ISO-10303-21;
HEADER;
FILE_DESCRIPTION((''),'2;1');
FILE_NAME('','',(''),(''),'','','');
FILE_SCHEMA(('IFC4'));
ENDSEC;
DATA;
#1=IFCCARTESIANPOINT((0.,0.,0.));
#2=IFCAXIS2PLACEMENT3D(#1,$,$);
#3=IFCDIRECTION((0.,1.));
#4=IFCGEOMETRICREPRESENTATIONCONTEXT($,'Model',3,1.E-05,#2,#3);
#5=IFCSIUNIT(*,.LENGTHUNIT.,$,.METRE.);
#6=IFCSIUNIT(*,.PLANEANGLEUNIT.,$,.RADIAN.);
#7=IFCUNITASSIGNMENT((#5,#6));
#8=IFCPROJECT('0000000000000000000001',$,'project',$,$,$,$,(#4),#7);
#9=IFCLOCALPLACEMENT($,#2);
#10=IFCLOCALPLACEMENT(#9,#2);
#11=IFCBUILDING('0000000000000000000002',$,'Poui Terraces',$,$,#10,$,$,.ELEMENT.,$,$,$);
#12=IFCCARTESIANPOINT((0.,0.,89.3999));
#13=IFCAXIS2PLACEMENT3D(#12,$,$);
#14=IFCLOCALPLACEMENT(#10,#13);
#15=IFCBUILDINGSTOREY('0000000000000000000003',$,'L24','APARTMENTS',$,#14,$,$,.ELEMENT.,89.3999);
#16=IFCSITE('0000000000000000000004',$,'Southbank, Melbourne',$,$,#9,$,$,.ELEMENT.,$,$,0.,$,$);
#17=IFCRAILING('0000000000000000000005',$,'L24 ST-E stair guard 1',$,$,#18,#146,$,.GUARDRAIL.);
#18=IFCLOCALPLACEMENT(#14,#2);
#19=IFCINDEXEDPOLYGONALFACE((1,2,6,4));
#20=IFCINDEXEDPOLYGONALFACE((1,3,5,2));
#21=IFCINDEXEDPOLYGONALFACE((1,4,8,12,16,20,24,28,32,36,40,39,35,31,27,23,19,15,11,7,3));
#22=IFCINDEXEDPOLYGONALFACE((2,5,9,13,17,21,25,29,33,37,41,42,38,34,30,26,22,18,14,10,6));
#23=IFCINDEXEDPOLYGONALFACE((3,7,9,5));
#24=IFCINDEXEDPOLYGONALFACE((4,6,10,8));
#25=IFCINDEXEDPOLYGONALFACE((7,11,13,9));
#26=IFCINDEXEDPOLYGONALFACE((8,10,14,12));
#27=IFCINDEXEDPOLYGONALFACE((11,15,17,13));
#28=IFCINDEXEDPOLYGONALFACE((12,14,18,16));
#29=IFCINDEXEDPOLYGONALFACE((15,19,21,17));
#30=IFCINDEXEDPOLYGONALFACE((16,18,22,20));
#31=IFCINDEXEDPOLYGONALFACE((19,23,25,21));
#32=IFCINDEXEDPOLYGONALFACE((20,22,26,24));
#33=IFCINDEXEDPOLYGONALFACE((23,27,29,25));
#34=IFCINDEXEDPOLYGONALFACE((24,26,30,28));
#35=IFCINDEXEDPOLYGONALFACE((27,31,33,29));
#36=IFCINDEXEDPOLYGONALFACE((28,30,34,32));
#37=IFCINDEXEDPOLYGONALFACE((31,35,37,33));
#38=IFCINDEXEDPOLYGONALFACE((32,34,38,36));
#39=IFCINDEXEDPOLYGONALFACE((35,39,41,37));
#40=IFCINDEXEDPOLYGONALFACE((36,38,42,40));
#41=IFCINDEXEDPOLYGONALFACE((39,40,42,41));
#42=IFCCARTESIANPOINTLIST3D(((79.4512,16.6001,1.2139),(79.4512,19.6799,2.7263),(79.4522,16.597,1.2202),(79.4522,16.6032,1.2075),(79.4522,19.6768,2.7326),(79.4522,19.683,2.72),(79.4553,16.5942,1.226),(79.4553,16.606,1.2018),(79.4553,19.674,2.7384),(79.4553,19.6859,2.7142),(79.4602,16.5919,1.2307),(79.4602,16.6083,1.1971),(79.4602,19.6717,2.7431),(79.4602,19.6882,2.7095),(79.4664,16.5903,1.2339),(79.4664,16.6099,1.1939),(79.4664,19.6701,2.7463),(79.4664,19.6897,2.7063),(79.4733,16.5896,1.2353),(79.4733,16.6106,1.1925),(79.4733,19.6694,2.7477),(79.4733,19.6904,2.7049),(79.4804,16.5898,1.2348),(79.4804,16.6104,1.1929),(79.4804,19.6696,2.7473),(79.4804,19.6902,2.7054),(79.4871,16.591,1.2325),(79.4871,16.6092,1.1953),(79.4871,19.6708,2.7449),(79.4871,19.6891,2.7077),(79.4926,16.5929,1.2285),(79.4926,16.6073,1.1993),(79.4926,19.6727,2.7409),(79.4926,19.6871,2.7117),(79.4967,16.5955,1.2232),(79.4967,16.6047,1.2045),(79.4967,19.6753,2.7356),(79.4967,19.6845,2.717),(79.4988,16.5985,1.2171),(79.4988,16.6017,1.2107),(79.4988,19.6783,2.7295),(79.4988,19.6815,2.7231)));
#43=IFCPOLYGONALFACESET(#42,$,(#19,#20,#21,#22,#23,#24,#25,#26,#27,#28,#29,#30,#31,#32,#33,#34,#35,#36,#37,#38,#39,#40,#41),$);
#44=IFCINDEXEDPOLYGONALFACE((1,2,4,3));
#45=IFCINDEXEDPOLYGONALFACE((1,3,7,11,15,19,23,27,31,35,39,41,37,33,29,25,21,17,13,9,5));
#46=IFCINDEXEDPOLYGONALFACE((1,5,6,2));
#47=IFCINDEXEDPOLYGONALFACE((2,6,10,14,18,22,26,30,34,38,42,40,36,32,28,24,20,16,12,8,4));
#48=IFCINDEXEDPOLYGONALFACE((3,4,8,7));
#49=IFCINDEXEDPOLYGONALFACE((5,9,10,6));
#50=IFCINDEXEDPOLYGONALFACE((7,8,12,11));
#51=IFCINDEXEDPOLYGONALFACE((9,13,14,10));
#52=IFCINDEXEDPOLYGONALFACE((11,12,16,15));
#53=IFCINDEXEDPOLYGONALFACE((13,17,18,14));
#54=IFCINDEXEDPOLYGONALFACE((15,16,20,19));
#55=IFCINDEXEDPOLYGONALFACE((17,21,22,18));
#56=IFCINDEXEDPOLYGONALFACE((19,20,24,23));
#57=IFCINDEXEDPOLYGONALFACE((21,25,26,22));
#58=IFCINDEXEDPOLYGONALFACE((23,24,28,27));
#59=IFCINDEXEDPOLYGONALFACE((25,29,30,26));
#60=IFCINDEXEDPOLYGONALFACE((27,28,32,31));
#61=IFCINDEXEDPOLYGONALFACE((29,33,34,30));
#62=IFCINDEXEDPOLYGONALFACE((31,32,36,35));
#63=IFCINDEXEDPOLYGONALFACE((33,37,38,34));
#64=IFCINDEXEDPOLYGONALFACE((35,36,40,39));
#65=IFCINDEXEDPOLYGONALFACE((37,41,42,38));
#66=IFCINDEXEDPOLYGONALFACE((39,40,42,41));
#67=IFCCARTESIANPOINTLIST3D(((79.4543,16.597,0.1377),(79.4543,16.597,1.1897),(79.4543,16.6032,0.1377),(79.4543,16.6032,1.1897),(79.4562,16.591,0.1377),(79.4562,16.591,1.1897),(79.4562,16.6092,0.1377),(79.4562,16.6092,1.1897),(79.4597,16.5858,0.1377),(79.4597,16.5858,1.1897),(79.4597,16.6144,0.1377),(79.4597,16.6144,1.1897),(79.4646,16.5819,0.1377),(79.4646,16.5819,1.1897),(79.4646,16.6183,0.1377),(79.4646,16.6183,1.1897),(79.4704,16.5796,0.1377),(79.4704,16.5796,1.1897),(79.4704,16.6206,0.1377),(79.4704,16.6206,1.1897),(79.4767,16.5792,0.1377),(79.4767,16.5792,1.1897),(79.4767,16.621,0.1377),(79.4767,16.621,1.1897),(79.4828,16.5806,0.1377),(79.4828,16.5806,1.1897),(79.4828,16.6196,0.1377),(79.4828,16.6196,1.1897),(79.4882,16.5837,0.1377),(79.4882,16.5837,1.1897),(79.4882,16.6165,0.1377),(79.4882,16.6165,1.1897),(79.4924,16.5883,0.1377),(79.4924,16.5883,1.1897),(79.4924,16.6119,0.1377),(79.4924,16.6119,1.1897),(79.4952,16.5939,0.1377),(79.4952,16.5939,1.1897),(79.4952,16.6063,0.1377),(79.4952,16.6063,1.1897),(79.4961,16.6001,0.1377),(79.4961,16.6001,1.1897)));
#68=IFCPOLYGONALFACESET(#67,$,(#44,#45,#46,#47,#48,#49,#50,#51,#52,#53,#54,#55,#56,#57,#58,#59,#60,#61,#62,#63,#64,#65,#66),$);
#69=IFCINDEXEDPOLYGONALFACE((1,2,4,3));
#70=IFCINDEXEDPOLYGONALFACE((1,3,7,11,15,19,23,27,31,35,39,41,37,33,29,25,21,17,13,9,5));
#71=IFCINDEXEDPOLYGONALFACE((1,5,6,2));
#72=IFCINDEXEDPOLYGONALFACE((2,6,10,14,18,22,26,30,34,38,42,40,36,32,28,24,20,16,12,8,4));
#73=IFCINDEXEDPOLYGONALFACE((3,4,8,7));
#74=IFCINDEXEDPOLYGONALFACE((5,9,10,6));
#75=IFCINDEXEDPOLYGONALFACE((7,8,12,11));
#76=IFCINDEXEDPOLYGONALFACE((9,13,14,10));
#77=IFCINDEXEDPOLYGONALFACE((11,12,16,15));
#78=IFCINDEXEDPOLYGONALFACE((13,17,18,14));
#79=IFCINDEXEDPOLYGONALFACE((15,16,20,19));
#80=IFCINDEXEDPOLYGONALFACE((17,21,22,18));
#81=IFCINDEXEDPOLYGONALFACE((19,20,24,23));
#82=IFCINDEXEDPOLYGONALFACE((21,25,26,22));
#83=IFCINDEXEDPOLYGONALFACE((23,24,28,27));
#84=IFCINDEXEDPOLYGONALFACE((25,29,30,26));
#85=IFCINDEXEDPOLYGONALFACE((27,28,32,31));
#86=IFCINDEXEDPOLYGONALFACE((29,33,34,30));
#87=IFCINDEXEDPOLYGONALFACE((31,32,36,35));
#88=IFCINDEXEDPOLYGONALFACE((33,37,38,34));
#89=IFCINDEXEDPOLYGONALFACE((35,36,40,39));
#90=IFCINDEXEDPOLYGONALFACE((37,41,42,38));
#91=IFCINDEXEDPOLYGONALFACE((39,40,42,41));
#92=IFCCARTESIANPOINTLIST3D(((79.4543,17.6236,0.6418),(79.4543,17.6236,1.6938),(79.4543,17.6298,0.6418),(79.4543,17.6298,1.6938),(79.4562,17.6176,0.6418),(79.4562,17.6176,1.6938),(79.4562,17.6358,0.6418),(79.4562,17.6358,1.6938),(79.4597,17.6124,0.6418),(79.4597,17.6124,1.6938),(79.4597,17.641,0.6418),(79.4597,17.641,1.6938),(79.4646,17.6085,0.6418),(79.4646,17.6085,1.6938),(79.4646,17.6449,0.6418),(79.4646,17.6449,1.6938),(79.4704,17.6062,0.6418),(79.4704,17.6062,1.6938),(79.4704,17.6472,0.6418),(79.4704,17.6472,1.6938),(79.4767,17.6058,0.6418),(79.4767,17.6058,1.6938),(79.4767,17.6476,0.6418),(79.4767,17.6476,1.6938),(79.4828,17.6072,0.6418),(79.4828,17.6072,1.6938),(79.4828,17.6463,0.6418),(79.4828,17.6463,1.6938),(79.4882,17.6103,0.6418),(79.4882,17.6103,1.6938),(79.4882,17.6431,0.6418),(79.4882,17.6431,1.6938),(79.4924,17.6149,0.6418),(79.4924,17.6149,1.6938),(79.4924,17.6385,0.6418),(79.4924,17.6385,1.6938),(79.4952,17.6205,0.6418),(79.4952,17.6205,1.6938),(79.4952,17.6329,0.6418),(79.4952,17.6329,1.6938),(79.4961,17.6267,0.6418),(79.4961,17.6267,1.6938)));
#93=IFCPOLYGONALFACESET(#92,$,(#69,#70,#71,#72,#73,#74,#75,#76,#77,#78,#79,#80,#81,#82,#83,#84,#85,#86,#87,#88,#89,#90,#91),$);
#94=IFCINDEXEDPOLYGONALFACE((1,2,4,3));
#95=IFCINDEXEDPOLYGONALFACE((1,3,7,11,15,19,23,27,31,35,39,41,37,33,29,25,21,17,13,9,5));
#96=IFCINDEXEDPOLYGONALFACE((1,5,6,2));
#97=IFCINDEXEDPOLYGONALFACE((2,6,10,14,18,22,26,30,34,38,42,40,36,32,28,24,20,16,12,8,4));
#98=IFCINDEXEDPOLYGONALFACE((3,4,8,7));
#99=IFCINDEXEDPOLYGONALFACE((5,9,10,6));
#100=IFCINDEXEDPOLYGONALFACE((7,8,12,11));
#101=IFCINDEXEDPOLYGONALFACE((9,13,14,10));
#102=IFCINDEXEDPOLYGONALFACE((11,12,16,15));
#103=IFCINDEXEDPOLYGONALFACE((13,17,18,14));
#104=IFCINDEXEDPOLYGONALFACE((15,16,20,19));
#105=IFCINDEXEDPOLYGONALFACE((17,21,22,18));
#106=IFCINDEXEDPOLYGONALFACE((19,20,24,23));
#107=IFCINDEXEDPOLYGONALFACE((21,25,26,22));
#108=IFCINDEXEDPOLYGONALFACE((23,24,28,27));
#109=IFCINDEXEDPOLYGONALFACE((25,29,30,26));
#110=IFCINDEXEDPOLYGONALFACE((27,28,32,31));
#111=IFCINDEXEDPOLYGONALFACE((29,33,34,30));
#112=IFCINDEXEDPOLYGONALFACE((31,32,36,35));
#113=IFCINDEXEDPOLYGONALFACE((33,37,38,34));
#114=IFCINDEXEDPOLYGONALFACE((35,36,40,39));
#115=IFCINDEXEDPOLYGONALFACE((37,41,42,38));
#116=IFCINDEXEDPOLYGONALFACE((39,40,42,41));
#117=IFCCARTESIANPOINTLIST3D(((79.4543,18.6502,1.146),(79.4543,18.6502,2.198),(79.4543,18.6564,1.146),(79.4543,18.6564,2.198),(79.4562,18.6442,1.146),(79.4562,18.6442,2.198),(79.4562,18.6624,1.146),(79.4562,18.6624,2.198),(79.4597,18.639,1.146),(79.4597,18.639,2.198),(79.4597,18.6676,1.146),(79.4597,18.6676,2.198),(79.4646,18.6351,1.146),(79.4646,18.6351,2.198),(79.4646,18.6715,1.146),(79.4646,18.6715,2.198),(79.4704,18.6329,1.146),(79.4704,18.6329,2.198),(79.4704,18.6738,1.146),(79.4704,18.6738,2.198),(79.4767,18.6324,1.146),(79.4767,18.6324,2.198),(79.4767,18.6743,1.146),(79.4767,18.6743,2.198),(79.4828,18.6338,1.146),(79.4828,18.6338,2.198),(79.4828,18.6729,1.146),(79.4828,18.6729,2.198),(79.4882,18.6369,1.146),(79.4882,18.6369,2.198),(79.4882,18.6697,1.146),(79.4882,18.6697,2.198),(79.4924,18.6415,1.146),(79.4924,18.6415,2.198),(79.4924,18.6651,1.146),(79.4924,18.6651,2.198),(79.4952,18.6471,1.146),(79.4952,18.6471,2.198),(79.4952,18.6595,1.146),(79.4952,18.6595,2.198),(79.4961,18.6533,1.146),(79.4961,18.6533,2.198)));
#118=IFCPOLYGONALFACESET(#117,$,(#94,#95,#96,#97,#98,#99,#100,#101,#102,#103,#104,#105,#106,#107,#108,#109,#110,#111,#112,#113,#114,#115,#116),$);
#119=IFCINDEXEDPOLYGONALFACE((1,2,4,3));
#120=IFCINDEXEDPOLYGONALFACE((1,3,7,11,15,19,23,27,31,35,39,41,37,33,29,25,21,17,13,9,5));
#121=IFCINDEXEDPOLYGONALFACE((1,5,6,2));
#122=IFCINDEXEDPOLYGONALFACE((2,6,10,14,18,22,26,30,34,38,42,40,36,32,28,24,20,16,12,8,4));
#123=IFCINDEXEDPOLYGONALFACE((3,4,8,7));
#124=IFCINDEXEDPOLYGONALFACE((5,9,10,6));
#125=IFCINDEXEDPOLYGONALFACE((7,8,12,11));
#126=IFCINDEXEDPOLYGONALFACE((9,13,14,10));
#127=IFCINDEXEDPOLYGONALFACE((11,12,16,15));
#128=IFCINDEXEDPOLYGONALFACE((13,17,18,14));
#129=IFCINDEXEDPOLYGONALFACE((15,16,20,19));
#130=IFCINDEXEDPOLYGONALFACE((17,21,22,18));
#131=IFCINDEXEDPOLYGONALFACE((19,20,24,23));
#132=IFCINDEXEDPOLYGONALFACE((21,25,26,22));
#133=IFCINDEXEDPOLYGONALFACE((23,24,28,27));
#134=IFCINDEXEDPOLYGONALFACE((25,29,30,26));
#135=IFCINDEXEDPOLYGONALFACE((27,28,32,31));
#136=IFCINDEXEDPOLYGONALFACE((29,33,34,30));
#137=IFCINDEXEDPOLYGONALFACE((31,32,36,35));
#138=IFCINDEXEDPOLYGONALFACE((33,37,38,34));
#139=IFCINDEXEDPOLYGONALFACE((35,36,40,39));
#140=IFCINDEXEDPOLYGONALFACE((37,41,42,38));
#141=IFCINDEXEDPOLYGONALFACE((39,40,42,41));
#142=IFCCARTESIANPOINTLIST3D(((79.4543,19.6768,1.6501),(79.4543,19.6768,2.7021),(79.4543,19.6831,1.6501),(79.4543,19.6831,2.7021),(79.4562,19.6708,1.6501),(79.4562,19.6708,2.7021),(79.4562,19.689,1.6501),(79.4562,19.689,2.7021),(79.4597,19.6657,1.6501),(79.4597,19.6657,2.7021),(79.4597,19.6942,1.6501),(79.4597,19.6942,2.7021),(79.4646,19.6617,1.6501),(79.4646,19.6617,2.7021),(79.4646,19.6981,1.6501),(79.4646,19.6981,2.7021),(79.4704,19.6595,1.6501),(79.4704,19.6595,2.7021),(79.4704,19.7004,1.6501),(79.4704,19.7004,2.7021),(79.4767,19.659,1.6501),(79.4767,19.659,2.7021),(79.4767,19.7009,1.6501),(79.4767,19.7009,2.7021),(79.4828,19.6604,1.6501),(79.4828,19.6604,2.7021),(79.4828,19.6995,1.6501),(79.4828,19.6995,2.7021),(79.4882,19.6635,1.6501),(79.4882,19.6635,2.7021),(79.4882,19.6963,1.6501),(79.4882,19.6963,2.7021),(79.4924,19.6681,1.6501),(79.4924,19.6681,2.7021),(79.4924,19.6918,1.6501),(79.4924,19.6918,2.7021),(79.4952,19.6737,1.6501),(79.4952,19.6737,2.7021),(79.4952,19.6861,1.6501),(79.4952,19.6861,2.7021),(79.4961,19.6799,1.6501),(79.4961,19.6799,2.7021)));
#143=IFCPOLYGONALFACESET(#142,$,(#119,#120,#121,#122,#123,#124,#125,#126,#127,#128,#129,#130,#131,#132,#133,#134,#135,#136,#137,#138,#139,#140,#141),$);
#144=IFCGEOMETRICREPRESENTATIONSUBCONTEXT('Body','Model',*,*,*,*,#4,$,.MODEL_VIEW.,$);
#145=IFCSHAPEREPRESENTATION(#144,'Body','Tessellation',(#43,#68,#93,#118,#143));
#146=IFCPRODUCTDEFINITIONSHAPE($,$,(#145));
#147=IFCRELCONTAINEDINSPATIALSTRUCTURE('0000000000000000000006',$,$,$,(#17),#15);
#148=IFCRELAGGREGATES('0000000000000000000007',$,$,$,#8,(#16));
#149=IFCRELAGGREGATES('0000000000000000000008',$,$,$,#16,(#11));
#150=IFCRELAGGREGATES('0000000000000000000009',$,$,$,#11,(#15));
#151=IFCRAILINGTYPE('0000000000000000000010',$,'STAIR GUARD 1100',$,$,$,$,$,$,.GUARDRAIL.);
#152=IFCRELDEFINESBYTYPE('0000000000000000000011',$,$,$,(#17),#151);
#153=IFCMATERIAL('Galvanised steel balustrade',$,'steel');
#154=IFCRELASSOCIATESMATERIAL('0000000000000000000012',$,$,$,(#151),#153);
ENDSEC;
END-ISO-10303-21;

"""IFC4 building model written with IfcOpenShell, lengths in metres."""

from ifc_helpers import new_model, si_unit, direction, frame, origin, origin_2d, place, context, subcontext, project, spatial, circle, extrude, material, type_object, element, save


model = new_model("IFC4")

# Units and contexts
model_context = context("Model", 3, precision=1e-05, world=origin(), true_north=direction((0.0, 1.0)))
body_context = subcontext(model_context, "Body", "Model", "MODEL_VIEW")
ifc_project = project(units=[si_unit("LENGTHUNIT", "METRE"), si_unit("PLANEANGLEUNIT", "RADIAN")], contexts=[model_context])

# Site, building, storey
site_placement = place(None, origin())
site = spatial("IfcSite", under=ifc_project, at=site_placement, Name="Southbank, Melbourne", CompositionType="ELEMENT", RefElevation=0.0)
building_placement = place(site_placement, origin())
building = spatial("IfcBuilding", under=site, at=building_placement, Name="Poui Terraces", CompositionType="ELEMENT")
storey_placement = place(building_placement, frame((0.0, 0.0, 89.3999)))
storey = spatial("IfcBuildingStorey", under=building, at=storey_placement, Name="L24", Description="APARTMENTS", CompositionType="ELEMENT", Elevation=89.3999)

# Railing
ifc_material_1 = material(Name="Galvanised steel balustrade", Category="steel")
railing_type_1 = type_object("IfcRailingType", Name="STAIR GUARD 1100", PredefinedType="GUARDRAIL", material=ifc_material_1)
railing_1_placement = place(storey_placement, frame((79.4751, 16.6001, 0.1377)))
element("IfcRailing", 1, at=railing_1_placement, inside=storey, type_object=railing_type_1, Name="L24 ST-E stair guard 1", PredefinedType="GUARDRAIL", context=body_context, shape_type="SweptSolid", body=[
    extrude(circle(Radius=0.0239, at=origin_2d()), frame((0.0, 0.0, 1.0762), z_axis=(0.0, 0.897606, 0.440798), x_axis=(-1.0, 0.0, 0.0)), (0.0, 0.0, 1.0), 3.4312),
    extrude(circle(Radius=0.021, at=origin_2d()), origin(), (0.0, 0.0, 1.0), 1.052),
    extrude(circle(Radius=0.021, at=origin_2d()), frame((0.0, 1.0266, 0.5042)), (0.0, 0.0, 1.0), 1.052),
    extrude(circle(Radius=0.021, at=origin_2d()), frame((0.0, 2.0532, 1.0083)), (0.0, 0.0, 1.0), 1.052),
    extrude(circle(Radius=0.021, at=origin_2d()), frame((0.0, 3.0798, 1.5125)), (0.0, 0.0, 1.0), 1.052),
])

save(model, "model.ifc")
